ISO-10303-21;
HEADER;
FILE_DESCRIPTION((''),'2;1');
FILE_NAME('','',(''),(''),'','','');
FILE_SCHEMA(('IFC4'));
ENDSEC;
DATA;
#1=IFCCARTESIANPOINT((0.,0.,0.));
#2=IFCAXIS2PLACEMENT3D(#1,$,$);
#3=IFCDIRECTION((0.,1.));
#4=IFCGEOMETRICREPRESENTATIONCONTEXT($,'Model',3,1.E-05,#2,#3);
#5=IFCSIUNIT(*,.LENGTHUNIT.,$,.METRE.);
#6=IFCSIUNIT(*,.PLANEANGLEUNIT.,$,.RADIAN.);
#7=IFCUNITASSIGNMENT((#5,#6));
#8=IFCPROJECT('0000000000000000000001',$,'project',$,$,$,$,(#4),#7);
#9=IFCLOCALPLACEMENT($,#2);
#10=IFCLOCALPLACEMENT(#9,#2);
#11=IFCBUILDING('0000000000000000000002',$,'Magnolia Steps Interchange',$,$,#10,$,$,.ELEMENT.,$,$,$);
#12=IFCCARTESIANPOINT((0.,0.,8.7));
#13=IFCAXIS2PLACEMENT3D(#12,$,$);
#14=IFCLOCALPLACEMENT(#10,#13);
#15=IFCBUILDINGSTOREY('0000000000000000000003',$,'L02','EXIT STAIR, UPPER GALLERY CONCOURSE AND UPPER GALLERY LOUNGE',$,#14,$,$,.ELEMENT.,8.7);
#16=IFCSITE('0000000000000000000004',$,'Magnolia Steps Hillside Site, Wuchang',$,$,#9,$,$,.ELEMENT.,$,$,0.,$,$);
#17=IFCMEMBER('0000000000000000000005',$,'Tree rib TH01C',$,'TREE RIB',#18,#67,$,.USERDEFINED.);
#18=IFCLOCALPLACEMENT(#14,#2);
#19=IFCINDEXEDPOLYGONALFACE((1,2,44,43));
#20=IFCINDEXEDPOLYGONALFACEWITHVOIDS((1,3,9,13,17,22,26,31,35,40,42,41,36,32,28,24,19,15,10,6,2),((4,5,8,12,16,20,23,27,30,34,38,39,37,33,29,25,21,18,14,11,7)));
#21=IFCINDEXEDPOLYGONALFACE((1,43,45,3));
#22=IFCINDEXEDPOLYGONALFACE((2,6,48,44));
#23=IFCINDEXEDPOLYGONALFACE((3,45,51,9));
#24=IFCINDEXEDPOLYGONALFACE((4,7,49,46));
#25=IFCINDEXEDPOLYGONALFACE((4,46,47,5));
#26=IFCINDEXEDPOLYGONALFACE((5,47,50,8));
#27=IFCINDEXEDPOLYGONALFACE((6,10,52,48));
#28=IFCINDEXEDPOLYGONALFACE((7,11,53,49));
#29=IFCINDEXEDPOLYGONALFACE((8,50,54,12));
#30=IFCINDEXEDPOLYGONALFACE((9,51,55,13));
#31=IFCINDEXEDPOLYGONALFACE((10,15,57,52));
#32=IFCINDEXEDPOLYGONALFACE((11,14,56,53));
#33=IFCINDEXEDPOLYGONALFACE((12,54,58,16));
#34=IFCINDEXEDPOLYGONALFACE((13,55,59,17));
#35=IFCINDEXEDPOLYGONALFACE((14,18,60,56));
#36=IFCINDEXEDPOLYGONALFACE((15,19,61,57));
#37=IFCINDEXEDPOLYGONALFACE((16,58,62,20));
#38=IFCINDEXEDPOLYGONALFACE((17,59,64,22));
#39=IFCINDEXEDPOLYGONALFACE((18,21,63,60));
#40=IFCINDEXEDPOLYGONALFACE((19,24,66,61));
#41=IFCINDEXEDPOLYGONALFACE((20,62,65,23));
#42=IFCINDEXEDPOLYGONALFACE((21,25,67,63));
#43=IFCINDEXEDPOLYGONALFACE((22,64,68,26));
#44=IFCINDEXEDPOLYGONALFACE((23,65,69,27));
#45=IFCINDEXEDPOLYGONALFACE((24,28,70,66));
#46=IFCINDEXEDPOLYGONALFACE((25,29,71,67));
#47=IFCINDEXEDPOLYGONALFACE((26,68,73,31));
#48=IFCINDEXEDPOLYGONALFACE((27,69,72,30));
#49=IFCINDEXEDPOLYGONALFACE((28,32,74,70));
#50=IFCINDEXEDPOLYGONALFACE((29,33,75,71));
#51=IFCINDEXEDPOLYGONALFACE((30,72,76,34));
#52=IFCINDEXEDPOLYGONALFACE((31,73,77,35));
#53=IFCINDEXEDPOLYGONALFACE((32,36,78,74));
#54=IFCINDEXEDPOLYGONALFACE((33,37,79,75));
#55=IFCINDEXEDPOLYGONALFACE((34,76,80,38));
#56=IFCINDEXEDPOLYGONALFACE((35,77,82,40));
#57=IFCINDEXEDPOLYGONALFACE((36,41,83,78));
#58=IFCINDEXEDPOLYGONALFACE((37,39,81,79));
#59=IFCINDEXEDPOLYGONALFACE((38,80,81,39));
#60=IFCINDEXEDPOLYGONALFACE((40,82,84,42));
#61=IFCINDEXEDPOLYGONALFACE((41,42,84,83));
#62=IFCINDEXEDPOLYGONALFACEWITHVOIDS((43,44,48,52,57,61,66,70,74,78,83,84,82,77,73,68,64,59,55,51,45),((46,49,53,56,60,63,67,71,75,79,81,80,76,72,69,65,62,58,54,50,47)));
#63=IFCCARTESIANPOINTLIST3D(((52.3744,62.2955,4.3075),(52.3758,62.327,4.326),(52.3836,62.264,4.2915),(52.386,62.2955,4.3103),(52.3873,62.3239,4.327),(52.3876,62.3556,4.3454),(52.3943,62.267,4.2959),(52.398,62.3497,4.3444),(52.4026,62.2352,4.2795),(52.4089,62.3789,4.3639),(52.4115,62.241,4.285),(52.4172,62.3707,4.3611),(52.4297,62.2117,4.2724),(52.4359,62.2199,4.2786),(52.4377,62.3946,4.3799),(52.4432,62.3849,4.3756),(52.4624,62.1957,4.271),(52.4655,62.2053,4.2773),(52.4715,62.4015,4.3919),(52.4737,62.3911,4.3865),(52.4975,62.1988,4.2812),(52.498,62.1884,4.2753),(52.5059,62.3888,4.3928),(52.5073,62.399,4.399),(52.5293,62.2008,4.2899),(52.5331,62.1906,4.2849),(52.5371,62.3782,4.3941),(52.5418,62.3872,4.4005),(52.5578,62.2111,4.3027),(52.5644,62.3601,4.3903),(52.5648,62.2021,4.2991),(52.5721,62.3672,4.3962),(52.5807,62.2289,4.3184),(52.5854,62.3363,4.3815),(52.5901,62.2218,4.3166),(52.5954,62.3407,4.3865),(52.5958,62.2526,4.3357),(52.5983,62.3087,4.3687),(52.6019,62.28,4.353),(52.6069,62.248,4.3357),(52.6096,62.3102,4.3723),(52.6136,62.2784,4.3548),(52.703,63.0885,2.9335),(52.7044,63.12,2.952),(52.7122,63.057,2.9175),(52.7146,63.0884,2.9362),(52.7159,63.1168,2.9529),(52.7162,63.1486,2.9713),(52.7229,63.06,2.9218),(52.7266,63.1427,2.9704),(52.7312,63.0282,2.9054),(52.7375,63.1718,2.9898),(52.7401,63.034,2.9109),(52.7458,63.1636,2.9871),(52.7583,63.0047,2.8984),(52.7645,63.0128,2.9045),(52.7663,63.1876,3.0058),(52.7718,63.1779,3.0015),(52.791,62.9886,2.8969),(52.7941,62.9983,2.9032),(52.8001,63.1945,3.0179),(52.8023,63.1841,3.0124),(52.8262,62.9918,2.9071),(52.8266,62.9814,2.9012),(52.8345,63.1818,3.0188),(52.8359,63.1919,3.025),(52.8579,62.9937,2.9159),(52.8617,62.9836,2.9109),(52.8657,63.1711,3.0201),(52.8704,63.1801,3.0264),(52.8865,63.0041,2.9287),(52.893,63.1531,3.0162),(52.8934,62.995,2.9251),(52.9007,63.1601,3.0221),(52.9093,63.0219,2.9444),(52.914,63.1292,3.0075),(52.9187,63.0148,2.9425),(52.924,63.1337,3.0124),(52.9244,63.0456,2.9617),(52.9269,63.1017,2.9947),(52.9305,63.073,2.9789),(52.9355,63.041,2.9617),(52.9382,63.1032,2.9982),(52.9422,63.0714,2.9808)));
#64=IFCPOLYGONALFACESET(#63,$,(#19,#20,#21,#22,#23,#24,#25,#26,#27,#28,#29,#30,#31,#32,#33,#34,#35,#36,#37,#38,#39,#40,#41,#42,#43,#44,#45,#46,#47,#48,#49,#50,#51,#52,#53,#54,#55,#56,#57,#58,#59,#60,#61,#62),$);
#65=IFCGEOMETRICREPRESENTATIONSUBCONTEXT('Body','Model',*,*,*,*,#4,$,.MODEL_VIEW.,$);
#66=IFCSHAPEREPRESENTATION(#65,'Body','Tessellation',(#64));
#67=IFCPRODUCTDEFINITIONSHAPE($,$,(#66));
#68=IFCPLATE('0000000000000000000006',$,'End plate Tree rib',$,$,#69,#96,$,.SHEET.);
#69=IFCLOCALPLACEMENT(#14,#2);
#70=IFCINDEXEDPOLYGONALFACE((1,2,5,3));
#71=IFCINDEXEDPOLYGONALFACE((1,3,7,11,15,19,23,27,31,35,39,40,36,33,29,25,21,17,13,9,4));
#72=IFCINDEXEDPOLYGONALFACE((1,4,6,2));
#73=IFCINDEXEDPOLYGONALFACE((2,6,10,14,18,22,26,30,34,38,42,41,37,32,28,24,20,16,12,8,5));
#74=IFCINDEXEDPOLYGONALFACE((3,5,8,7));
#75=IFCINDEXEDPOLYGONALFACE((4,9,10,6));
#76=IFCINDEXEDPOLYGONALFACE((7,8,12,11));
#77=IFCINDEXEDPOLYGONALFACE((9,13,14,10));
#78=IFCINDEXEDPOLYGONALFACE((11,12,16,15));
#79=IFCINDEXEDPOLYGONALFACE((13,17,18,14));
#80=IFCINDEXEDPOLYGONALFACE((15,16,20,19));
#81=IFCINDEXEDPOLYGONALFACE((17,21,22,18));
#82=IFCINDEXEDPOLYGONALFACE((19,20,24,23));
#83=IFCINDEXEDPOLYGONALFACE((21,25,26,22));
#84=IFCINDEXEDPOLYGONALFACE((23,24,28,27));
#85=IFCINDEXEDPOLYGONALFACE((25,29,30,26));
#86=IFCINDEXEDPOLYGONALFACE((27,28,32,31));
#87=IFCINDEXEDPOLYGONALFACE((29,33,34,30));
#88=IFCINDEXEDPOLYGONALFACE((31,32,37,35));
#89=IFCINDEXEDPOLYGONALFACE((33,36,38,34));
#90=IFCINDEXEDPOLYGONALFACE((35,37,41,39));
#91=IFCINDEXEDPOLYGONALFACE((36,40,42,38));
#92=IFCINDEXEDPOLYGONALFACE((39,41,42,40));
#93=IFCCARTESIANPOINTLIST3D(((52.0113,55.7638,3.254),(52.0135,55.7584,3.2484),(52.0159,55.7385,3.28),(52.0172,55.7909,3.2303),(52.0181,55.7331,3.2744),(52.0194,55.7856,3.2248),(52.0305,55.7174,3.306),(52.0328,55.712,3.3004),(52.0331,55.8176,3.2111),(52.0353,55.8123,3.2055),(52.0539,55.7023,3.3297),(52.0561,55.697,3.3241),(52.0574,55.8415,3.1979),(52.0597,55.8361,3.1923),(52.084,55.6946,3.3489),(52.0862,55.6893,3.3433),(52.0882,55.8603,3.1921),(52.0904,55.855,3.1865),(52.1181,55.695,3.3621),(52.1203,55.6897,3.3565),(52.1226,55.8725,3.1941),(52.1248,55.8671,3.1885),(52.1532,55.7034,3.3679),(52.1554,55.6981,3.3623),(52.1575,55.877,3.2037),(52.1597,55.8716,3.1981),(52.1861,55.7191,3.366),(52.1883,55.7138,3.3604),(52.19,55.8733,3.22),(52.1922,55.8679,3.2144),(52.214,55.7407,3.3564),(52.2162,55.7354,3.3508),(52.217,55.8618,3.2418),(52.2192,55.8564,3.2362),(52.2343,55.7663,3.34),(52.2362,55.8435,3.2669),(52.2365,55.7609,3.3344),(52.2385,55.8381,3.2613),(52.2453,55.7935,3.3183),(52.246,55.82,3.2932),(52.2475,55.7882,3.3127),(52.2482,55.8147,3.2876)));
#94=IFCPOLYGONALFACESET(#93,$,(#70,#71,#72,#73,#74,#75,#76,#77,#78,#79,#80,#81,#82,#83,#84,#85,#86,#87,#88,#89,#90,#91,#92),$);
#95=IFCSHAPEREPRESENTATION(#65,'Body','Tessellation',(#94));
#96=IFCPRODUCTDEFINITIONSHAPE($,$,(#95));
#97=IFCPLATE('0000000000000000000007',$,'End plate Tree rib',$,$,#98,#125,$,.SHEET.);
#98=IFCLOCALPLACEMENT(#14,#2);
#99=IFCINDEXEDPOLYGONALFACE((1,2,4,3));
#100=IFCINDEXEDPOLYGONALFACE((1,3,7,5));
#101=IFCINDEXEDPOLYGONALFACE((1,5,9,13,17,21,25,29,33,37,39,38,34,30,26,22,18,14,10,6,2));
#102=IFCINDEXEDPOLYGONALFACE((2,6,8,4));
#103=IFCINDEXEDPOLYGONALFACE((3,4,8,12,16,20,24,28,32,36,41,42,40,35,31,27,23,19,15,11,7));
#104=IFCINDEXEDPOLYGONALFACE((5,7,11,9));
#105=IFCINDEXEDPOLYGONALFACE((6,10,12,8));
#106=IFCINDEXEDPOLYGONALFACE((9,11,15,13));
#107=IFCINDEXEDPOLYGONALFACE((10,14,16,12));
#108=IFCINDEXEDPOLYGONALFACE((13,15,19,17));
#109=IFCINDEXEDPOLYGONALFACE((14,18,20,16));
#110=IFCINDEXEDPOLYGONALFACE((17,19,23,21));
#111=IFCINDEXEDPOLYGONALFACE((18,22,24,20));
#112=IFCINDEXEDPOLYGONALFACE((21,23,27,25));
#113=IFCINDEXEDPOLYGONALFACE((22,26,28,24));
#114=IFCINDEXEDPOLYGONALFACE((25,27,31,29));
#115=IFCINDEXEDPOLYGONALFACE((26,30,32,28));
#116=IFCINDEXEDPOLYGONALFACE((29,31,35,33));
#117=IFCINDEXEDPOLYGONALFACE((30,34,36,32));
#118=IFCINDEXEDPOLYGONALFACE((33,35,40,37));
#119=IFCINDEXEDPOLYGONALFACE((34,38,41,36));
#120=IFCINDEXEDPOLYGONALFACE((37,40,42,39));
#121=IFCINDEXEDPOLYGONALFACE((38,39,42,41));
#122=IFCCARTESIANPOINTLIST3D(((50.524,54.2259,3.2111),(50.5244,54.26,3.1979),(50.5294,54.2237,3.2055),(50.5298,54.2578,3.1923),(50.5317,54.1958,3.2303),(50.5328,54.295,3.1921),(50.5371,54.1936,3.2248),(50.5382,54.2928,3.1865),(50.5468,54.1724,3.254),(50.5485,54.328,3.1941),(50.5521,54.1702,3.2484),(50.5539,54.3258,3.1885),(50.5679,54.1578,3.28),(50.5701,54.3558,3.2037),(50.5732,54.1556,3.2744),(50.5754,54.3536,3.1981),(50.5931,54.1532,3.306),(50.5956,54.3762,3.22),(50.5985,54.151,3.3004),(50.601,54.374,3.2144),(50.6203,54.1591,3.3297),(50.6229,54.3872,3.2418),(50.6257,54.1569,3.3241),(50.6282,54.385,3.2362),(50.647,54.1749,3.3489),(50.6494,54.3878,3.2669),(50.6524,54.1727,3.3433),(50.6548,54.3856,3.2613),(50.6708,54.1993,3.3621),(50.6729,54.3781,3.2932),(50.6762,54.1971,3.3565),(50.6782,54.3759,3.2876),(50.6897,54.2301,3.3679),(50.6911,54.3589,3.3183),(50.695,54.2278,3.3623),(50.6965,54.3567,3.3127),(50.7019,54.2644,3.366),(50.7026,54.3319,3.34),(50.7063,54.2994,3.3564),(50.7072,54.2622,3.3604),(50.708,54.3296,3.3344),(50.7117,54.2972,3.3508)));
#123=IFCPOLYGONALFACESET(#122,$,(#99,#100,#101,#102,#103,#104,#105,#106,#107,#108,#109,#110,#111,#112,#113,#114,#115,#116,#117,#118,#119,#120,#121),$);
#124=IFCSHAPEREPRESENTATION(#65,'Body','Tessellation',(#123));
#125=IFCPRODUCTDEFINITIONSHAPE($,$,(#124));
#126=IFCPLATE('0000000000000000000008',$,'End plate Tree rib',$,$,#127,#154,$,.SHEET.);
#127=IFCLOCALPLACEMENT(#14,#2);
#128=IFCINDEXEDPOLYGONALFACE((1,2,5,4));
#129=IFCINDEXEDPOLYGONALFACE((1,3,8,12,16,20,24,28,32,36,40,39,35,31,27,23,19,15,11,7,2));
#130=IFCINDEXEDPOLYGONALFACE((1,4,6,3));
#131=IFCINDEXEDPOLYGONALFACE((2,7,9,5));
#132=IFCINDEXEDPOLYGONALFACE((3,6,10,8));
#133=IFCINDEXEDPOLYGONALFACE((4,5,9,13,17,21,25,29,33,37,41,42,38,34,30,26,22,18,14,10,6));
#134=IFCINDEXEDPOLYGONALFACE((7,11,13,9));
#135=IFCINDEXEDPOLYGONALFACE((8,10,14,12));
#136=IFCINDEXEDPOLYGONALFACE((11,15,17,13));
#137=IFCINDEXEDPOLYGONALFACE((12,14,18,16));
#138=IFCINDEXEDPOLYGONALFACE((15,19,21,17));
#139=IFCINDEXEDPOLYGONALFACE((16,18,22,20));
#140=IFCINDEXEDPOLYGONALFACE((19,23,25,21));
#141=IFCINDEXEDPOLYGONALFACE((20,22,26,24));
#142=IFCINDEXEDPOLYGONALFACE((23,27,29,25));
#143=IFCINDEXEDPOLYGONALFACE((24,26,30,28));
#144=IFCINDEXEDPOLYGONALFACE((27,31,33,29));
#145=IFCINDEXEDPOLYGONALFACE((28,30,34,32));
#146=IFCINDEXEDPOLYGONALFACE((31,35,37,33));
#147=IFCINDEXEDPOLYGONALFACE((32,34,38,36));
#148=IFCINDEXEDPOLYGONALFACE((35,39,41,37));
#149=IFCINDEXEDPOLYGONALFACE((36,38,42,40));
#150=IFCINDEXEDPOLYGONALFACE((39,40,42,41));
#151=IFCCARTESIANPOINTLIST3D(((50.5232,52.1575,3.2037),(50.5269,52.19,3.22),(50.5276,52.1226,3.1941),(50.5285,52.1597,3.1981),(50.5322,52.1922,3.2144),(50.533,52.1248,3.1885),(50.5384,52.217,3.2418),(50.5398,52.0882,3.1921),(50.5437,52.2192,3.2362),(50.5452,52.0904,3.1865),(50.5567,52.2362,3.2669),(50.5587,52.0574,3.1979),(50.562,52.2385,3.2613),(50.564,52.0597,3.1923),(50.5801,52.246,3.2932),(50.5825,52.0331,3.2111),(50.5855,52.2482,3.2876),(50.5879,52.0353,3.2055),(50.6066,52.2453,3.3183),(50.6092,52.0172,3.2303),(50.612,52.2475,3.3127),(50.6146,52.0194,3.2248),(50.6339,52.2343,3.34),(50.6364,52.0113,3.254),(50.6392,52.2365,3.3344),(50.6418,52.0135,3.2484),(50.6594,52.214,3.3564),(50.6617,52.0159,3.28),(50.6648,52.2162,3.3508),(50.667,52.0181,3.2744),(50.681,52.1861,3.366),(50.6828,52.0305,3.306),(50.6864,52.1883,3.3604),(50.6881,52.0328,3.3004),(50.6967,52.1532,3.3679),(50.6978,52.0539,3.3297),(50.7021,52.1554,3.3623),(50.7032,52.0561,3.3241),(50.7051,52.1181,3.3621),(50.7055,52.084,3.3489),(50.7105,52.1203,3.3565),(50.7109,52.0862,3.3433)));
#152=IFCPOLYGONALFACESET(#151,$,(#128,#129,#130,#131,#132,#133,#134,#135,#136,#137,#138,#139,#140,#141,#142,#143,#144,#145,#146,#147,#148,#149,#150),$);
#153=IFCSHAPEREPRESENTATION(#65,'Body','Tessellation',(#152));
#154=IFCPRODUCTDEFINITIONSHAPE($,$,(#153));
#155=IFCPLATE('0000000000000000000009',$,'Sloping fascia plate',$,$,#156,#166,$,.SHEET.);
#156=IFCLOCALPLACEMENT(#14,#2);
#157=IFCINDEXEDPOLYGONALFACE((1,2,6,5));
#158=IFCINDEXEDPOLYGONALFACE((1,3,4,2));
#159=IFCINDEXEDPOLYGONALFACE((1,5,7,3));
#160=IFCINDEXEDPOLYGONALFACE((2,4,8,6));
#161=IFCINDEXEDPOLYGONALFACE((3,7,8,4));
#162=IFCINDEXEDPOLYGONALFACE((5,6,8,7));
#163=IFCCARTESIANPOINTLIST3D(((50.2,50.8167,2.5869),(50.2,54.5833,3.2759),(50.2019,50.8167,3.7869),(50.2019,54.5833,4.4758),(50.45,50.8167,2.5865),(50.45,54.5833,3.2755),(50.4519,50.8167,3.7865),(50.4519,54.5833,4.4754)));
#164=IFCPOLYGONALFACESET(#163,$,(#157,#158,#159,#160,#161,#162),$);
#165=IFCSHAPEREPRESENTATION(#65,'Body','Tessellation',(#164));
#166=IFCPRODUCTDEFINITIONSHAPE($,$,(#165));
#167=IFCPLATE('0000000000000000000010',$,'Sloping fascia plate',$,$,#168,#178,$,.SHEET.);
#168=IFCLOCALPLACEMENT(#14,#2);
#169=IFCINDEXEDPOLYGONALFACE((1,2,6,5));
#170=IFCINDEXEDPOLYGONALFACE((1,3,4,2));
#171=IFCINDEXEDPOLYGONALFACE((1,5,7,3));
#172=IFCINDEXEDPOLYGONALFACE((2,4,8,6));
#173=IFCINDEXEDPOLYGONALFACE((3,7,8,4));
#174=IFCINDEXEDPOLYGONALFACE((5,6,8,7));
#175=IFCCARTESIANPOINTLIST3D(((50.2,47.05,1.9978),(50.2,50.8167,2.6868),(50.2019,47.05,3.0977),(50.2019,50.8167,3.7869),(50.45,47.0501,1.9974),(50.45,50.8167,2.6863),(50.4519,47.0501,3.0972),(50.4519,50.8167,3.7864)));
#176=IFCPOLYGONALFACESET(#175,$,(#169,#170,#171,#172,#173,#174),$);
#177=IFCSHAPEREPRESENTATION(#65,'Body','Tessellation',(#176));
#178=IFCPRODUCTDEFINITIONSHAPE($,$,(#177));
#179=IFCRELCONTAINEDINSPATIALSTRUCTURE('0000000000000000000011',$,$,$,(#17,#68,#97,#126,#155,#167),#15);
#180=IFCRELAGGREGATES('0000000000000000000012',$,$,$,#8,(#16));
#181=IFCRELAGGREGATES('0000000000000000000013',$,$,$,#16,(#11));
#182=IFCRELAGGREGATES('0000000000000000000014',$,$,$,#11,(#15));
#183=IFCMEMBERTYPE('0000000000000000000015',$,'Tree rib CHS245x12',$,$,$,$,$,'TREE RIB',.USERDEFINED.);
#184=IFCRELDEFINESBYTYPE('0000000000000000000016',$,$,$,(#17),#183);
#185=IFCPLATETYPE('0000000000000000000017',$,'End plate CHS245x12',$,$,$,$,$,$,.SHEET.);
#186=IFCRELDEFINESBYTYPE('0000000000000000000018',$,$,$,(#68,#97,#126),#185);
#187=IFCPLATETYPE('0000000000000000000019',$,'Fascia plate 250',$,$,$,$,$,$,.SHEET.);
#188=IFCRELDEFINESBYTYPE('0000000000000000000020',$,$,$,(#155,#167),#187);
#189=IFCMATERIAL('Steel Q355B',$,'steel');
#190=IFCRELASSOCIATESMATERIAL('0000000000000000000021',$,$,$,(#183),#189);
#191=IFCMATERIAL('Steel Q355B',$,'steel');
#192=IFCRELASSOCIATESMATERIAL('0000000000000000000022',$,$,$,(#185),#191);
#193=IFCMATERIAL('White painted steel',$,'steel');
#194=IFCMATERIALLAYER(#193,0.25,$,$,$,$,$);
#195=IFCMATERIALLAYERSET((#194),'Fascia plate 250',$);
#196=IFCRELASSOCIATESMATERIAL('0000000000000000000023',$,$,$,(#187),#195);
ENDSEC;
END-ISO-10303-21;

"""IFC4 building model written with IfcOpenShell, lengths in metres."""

from ifc_helpers import new_model, si_unit, direction, frame, origin, origin_2d, place, context, subcontext, project, spatial, polyline, circle, hollow_circle, outline, extrude, material, layer, layer_set, material_profile, profile_set, type_object, element, save


model = new_model("IFC4")

# Units and contexts
model_context = context("Model", 3, precision=1e-05, world=origin(), true_north=direction((0.0, 1.0)))
body_context = subcontext(model_context, "Body", "Model", "MODEL_VIEW")
ifc_project = project(units=[si_unit("LENGTHUNIT", "METRE"), si_unit("PLANEANGLEUNIT", "RADIAN")], contexts=[model_context])

# Site, building, storey
site_placement = place(None, origin())
site = spatial("IfcSite", under=ifc_project, at=site_placement, Name="Magnolia Steps Hillside Site, Wuchang", CompositionType="ELEMENT", RefElevation=0.0)
building_placement = place(site_placement, origin())
building = spatial("IfcBuilding", under=site, at=building_placement, Name="Magnolia Steps Interchange", CompositionType="ELEMENT")
storey_placement = place(building_placement, frame((0.0, 0.0, 8.7)))
storey = spatial("IfcBuildingStorey", under=building, at=storey_placement, Name="L02", Description="EXIT STAIR, UPPER GALLERY CONCOURSE AND UPPER GALLERY LOUNGE", CompositionType="ELEMENT", Elevation=8.7)

# Member
ifc_material_1 = material(Name="Steel Q355B", Category="steel")
ifc_material_profile_1 = material_profile(ifc_material_1, hollow_circle(Radius=0.1226, WallThickness=0.012, at=origin_2d()), Name="CHS245x12")
ifc_profile_set_1 = profile_set([ifc_material_profile_1], Name="Steel Q355B")
member_type = type_object("IfcMemberType", Name="Tree rib CHS245x12", ElementType="TREE RIB", PredefinedType="USERDEFINED", material=ifc_profile_set_1)
member_1_placement = place(storey_placement, frame((52.8223, 63.0879, 2.9617), z_axis=(-0.202835, -0.489456, 0.84811), x_axis=(0.923816, -0.382837, 0.0)))
element("IfcMember", 1, at=member_1_placement, inside=storey, type_object=member_type, Name="Tree rib TH01C", ObjectType="TREE RIB", PredefinedType="USERDEFINED", context=body_context, shape_type="SweptSolid", body=[
    extrude(hollow_circle(Radius=0.1226, WallThickness=0.012, at=origin_2d()), origin(), (0.0, 0.0, 1.0), 1.6201),
])

# Plates
ifc_material_2 = material(Name="Steel Q355B", Category="steel")
ifc_material_profile_2 = material_profile(ifc_material_2, circle(Radius=0.1226, at=origin_2d()), Name="End plate CHS245x12")
ifc_profile_set_2 = profile_set([ifc_material_profile_2], Name="Steel Q355B")
plate_type_1 = type_object("IfcPlateType", Name="End plate CHS245x12", PredefinedType="SHEET", material=ifc_profile_set_2)
for number, where, z_axis, x_axis, name in (
    (2, (52.1313, 55.78, 3.2744), (-0.275279, 0.664583, 0.694658), (-0.92388, -0.382683, 0.0), "End plate Tree rib"),
    (3, (50.6201, 54.2688, 3.2744), (-0.664583, 0.275279, 0.694658), (-0.382683, -0.92388, 0.0), "End plate Tree rib"),
    (4, (50.6201, 52.1313, 3.2744), (-0.664583, -0.275279, 0.694658), (0.382683, -0.92388, 0.0), "End plate Tree rib"),
):
    element("IfcPlate", number, at=place(storey_placement, frame(where, z_axis=z_axis, x_axis=x_axis)), inside=storey, type_object=plate_type_1, Name=name, PredefinedType="SHEET", context=body_context, shape_type="SweptSolid", body=[
        extrude(circle(Radius=0.1226, at=origin_2d()), origin(), (0.0, 0.0, 1.0), 0.0081),
    ])
ifc_material_3 = material(Name="White painted steel", Category="steel")
ifc_layer = layer(ifc_material_3, 0.25)
ifc_layer_set = layer_set([ifc_layer], Name="Fascia plate 250")
plate_type_2 = type_object("IfcPlateType", Name="Fascia plate 250", PredefinedType="SHEET", material=ifc_layer_set)
plate_1_placement = place(storey_placement, frame((50.2, 54.5833, 3.2759), z_axis=(-0.999999, -0.000298, 0.001628), x_axis=(0.0, -0.98368, -0.179929)))
element("IfcPlate", 5, at=plate_1_placement, inside=storey, type_object=plate_type_2, Name="Sloping fascia plate", PredefinedType="SHEET", context=body_context, shape_type="SweptSolid", body=[
    extrude(outline(polyline([(0.0, 0.0), (3.8291, 0.0), (3.6132, 1.1804), (-0.2159, 1.1804), (0.0, 0.0)])), origin(), (0.0, 0.0, -1.0), 0.25),
])
plate_2_placement = place(storey_placement, frame((50.2, 50.8167, 2.6868), z_axis=(-0.999998, -0.000325, 0.001776), x_axis=(0.0, -0.98368, -0.179929)))
element("IfcPlate", 6, at=plate_2_placement, inside=storey, type_object=plate_type_2, Name="Sloping fascia plate", PredefinedType="SHEET", context=body_context, shape_type="SweptSolid", body=[
    extrude(outline(polyline([(0.0, 0.0), (3.8291, 0.0), (3.6312, 1.0819), (-0.1979, 1.0821), (0.0, 0.0)])), origin(), (0.0, 0.0, -1.0), 0.25),
])

save(model, "model.ifc")
